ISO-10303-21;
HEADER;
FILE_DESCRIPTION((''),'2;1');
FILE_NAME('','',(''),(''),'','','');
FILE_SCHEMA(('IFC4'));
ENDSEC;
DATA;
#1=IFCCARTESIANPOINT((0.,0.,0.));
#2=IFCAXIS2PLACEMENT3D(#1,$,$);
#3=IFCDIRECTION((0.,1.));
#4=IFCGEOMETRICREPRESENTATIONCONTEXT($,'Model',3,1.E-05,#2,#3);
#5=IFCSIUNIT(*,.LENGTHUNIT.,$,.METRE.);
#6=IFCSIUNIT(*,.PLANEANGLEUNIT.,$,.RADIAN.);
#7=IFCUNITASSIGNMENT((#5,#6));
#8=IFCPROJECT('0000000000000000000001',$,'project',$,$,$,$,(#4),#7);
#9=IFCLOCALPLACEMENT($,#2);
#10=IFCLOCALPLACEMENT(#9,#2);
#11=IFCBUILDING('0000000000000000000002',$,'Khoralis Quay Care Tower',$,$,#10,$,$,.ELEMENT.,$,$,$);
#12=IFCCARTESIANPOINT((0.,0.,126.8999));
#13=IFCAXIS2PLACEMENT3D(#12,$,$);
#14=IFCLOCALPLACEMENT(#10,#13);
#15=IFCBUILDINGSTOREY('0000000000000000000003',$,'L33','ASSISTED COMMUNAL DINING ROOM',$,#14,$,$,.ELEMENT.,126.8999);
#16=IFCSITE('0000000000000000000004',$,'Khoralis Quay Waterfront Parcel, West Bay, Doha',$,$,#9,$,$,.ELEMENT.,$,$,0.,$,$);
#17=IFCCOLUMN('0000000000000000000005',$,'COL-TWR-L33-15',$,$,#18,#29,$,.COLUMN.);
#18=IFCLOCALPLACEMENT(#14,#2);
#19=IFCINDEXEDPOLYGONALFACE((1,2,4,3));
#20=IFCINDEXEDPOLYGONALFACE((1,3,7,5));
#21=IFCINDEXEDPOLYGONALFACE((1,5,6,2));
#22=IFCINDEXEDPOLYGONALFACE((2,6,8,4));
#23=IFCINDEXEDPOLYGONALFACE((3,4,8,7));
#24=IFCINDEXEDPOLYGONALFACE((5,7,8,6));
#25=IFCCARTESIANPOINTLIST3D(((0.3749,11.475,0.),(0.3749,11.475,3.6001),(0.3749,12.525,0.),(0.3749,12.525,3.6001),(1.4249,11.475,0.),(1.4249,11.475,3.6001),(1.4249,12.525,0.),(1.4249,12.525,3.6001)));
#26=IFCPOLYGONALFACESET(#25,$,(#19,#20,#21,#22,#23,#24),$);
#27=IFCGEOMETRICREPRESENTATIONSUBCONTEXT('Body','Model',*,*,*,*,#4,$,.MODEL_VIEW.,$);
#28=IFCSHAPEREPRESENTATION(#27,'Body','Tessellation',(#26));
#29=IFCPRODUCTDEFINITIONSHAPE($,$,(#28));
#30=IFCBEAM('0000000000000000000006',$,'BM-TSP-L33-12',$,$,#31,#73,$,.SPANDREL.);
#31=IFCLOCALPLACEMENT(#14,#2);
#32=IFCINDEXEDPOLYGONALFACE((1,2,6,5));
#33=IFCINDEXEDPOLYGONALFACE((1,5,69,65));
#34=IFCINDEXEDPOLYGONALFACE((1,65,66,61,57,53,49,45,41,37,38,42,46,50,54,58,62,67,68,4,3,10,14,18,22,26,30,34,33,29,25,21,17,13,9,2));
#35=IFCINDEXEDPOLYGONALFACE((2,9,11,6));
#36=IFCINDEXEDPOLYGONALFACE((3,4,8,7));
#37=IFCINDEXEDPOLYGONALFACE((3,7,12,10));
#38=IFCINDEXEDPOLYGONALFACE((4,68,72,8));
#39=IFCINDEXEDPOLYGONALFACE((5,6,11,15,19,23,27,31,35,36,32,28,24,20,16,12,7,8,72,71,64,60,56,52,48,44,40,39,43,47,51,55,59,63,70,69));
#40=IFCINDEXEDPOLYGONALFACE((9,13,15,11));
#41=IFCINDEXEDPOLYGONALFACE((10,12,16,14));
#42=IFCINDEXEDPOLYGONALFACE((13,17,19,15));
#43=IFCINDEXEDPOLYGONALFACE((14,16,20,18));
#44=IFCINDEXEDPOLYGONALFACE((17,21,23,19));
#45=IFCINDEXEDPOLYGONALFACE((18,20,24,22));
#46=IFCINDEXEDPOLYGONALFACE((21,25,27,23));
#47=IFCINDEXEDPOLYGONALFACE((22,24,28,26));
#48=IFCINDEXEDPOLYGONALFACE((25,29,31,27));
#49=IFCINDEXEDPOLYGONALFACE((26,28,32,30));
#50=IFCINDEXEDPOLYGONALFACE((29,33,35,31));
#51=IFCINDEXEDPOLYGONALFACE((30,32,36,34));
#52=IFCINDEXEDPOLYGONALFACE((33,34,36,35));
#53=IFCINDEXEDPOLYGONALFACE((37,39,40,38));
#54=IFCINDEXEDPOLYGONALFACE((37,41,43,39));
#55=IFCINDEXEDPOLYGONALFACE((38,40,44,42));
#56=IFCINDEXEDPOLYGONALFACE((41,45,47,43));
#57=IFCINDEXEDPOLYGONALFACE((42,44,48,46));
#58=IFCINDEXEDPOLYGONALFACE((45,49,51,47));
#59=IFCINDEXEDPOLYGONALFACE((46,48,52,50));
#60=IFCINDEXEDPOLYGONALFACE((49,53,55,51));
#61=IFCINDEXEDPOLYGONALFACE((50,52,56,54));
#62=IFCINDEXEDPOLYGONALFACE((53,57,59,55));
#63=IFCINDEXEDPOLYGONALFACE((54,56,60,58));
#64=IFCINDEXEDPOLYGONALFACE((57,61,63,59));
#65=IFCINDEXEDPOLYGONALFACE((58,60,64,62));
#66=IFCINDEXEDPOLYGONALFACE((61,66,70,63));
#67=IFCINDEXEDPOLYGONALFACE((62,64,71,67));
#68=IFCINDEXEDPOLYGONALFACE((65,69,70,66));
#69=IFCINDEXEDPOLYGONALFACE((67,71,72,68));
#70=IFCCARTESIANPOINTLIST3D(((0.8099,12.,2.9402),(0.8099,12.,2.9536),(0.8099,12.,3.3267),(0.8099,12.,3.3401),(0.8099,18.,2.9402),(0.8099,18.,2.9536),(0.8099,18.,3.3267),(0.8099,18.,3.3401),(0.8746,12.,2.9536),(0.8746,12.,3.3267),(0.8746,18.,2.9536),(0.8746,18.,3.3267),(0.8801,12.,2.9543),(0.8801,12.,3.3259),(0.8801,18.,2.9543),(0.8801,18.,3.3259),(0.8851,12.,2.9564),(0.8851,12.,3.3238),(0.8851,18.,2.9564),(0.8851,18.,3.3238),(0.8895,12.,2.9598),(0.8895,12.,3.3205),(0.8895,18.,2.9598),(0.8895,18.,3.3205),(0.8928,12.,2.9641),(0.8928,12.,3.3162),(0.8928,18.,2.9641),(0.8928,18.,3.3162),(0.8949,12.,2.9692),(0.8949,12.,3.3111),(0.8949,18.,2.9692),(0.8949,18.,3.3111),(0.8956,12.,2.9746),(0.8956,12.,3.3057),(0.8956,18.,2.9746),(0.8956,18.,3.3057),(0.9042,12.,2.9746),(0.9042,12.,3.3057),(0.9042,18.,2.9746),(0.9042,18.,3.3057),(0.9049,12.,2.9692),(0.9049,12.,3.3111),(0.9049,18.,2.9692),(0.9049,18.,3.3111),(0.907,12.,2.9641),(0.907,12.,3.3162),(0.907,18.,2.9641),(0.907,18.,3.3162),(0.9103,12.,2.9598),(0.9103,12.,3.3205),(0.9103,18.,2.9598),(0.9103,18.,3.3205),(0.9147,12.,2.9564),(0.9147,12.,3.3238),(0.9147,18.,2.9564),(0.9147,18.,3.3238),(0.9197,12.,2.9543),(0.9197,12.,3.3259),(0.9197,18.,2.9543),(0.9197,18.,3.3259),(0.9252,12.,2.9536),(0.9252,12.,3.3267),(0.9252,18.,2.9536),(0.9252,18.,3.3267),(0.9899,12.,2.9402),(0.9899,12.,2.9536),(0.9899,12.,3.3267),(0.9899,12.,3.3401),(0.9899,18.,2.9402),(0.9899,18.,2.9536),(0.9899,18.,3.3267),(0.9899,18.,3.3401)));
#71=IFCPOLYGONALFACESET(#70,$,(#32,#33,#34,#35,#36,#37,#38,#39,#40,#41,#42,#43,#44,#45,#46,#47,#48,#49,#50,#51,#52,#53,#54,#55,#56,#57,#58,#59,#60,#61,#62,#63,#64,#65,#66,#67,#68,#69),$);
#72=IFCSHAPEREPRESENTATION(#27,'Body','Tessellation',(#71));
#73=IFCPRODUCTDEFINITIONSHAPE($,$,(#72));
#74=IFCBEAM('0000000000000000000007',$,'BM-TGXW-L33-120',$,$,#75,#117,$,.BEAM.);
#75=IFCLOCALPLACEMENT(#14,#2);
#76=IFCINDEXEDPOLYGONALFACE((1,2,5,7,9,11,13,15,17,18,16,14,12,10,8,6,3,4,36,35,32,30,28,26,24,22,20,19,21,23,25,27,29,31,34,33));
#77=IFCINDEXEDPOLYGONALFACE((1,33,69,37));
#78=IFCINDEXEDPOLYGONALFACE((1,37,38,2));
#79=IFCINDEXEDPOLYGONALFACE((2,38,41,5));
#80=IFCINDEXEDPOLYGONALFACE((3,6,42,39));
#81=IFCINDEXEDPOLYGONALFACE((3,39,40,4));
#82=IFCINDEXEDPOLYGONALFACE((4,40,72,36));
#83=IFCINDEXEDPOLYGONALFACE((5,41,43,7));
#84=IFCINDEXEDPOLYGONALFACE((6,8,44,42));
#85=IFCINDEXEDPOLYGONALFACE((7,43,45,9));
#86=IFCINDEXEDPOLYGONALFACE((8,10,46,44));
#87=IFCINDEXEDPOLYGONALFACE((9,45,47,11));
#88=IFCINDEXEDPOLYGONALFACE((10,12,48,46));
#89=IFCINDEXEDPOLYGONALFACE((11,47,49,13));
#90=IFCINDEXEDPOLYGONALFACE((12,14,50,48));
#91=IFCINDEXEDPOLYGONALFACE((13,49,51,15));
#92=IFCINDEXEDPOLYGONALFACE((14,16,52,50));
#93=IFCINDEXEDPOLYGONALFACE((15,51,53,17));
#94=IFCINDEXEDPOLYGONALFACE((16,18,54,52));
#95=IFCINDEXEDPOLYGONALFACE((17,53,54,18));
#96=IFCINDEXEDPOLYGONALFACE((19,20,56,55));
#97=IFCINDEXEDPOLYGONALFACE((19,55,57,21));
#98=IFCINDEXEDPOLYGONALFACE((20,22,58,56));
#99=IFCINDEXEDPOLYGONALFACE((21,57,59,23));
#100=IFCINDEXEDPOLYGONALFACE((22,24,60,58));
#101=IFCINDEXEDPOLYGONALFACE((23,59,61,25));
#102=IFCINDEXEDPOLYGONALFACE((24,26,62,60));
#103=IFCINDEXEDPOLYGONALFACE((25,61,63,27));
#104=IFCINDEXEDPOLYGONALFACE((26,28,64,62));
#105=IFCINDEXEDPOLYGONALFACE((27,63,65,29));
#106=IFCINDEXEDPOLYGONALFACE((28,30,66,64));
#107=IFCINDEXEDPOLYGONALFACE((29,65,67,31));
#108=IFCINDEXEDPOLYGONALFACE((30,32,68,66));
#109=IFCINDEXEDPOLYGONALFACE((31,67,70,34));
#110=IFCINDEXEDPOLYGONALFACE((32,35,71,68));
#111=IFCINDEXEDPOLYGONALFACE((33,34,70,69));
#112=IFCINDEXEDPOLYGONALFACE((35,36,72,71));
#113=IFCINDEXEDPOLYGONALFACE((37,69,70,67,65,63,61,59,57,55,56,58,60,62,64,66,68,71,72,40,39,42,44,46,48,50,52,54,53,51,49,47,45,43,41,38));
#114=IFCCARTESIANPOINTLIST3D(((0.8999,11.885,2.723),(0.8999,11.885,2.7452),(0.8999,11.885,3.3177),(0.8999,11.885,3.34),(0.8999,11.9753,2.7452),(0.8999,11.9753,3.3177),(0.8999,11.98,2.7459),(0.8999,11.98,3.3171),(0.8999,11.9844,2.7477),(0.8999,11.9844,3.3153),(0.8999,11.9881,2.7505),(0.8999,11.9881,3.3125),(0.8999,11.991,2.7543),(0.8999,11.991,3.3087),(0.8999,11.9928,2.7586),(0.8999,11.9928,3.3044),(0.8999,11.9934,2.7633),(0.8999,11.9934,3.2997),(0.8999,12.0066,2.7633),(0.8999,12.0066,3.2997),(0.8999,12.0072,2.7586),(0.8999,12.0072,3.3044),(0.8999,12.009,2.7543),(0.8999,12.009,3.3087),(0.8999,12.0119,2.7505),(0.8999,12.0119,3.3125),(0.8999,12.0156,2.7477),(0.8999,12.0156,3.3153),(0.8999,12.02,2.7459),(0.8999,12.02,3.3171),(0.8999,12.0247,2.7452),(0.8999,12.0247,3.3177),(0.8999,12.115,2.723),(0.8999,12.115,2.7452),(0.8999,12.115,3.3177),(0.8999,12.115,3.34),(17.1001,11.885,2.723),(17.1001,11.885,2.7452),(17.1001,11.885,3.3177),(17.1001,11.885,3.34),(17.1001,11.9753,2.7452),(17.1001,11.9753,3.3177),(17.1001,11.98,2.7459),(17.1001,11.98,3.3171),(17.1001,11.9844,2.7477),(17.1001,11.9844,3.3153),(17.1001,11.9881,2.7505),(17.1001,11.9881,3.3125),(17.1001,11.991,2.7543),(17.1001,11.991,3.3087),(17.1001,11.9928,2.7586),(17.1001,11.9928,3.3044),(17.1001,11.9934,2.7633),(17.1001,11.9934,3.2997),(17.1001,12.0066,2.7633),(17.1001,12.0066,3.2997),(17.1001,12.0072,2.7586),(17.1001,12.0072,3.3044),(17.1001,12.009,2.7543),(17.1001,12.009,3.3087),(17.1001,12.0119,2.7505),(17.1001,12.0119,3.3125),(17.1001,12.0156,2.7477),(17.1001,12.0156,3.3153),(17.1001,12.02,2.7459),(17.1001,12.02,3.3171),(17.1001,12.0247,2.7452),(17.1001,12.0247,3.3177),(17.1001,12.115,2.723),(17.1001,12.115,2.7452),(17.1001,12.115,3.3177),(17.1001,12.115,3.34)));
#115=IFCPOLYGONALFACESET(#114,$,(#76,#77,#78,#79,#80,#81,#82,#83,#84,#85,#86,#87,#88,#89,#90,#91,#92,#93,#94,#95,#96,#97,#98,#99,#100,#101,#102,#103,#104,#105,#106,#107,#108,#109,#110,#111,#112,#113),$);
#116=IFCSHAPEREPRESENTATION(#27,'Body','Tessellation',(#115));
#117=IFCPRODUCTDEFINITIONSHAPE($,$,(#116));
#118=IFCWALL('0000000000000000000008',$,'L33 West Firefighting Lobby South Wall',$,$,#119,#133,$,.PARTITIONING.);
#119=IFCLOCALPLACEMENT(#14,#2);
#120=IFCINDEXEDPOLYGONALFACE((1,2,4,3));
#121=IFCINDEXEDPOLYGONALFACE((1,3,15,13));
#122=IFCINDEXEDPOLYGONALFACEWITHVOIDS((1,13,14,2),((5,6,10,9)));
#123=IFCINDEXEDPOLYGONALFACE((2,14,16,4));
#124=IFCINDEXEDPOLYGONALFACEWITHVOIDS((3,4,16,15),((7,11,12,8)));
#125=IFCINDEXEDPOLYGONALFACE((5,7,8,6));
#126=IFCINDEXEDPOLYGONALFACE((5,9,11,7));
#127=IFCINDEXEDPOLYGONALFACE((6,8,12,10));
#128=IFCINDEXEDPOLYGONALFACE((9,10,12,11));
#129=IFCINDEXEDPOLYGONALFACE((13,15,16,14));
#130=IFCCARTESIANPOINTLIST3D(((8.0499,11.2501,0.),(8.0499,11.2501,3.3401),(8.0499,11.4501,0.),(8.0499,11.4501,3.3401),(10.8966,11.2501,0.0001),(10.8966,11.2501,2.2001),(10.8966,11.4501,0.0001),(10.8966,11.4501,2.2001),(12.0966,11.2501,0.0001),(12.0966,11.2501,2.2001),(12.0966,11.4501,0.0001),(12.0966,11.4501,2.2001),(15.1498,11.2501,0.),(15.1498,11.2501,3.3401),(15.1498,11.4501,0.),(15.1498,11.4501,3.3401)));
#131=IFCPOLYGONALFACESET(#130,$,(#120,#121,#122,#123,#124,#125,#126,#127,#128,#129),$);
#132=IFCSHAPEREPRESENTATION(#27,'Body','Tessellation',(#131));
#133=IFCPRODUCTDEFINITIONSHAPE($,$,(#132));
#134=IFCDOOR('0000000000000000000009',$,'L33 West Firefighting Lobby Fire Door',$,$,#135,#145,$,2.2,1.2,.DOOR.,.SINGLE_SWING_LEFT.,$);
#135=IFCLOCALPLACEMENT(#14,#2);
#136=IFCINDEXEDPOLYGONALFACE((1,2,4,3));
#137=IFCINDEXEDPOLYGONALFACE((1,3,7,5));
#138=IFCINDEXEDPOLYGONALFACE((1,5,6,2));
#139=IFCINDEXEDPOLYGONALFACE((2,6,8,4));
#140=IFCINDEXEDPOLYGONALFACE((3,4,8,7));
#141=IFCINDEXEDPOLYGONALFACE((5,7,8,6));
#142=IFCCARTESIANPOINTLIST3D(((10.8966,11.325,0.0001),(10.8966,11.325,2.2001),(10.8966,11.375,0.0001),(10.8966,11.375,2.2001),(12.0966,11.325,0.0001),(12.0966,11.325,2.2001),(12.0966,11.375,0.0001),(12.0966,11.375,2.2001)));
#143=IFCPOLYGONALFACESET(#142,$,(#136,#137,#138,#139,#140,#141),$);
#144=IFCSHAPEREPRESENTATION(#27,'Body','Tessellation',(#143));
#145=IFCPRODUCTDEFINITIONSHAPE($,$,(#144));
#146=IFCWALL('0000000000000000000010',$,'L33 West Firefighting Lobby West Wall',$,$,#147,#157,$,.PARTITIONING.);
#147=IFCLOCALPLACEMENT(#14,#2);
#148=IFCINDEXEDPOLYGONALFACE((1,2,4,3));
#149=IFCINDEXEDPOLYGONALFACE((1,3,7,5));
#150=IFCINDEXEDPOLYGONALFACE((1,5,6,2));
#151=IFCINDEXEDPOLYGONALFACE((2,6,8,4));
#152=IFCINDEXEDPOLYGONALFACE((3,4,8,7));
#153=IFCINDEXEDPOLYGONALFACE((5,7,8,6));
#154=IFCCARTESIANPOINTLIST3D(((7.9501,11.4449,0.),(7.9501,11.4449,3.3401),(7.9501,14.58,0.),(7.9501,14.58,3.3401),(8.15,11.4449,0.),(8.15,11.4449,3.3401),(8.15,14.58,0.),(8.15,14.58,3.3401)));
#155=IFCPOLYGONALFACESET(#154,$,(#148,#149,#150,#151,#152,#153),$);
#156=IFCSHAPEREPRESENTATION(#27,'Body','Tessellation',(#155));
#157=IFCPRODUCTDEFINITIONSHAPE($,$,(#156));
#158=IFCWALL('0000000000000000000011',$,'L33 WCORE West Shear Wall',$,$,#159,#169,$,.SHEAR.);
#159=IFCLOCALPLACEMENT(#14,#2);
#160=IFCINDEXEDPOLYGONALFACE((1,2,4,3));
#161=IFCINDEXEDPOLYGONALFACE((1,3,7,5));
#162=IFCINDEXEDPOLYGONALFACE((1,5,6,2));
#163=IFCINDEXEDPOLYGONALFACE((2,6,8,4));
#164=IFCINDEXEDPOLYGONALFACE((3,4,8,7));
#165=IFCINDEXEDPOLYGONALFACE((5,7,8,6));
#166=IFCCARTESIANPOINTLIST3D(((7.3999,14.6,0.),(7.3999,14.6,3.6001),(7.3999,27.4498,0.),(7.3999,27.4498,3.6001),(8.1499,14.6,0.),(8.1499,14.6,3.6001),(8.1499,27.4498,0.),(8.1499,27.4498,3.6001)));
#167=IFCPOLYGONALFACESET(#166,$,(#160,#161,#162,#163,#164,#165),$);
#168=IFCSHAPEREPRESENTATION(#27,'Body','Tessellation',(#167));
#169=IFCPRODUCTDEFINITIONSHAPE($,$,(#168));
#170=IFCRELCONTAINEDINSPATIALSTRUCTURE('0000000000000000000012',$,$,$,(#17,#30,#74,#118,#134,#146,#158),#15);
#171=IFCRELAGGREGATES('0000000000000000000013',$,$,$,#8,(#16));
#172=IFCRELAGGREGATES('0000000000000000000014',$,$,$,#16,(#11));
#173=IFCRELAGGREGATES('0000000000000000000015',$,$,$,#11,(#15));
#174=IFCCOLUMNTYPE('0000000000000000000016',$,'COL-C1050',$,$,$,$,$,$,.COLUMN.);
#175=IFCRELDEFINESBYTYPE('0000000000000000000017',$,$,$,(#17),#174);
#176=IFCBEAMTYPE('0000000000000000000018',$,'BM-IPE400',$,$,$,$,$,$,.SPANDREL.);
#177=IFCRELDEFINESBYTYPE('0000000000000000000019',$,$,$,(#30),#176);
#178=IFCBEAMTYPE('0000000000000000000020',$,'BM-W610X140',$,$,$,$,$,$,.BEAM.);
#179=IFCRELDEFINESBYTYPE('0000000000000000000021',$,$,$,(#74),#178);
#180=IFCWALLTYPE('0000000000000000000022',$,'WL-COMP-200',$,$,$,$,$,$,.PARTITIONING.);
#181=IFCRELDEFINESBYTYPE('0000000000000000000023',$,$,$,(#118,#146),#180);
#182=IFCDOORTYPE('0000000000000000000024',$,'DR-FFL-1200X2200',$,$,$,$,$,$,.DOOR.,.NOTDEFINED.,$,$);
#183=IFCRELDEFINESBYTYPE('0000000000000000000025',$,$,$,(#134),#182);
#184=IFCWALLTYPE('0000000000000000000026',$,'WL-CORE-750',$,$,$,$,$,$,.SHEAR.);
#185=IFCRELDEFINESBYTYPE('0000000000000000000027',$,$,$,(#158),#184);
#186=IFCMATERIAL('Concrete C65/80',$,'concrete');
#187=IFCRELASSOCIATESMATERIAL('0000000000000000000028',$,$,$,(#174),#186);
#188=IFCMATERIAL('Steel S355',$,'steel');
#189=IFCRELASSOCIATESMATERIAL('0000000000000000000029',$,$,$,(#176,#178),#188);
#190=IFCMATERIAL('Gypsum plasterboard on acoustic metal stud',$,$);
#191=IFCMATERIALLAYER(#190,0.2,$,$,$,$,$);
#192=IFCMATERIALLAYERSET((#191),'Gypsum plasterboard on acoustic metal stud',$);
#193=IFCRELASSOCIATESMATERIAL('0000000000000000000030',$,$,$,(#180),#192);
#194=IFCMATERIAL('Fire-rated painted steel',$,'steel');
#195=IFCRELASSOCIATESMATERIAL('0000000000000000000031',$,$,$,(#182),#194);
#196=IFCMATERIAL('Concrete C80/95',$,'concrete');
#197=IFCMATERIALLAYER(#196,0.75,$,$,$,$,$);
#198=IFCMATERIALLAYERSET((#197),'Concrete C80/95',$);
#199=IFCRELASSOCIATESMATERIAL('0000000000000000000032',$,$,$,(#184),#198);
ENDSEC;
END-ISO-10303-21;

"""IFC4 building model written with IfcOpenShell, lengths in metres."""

from ifc_helpers import new_model, si_unit, direction, frame, frame_2d, origin, origin_2d, place, context, subcontext, project, spatial, rectangle, i_section, extrude, source, transform, mapped, material, layer, layer_set, material_profile, profile_set, type_object, element, fill, save


model = new_model("IFC4")

# Units and contexts
model_context = context("Model", 3, precision=1e-05, world=origin(), true_north=direction((0.0, 1.0)))
body_context = subcontext(model_context, "Body", "Model", "MODEL_VIEW")
ifc_project = project(units=[si_unit("LENGTHUNIT", "METRE"), si_unit("PLANEANGLEUNIT", "RADIAN")], contexts=[model_context])

# Site, building, storey
site_placement = place(None, origin())
site = spatial("IfcSite", under=ifc_project, at=site_placement, Name="Khoralis Quay Waterfront Parcel, West Bay, Doha", CompositionType="ELEMENT", RefElevation=0.0)
building_placement = place(site_placement, origin())
building = spatial("IfcBuilding", under=site, at=building_placement, Name="Khoralis Quay Care Tower", CompositionType="ELEMENT")
storey_placement = place(building_placement, frame((0.0, 0.0, 126.8999)))
storey = spatial("IfcBuildingStorey", under=building, at=storey_placement, Name="L33", Description="ASSISTED COMMUNAL DINING ROOM", CompositionType="ELEMENT", Elevation=126.8999)

# Column
ifc_material_1 = material(Name="Concrete C65/80", Category="concrete")
ifc_material_profile_1 = material_profile(ifc_material_1, rectangle(XDim=1.05, YDim=1.05, at=origin_2d()), Name="Concrete C65/80")
ifc_profile_set_1 = profile_set([ifc_material_profile_1], Name="Concrete C65/80")
column_type = type_object("IfcColumnType", Name="COL-C1050", PredefinedType="COLUMN", material=ifc_profile_set_1)
shared_shape_1 = source(origin(), body_context, "Body", "SweptSolid", [
    extrude(rectangle(XDim=1.05, YDim=1.05, at=origin_2d()), origin(), (0.0, 0.0, 1.0), 3.6001),
])
column_placement = place(storey_placement, frame((0.8999, 12.0, 0.0), z_axis=(0.0, 0.0, 1.0), x_axis=(1.0, 0.0, 0.0)))
element("IfcColumn", 1, at=column_placement, inside=storey, type_object=column_type, Name="COL-TWR-L33-15", PredefinedType="COLUMN", context=body_context, shape_type="MappedRepresentation", body=[
    mapped(shared_shape_1, transform((0.0, 0.0, 0.0), scale=1.0)),
])

# Beams
ifc_material_2 = material(Name="Steel S355", Category="steel")
ifc_material_profile_2 = material_profile(ifc_material_2, i_section(OverallWidth=0.1799, OverallDepth=0.3999, WebThickness=0.0085, FlangeThickness=0.0134, FilletRadius=0.021, at=origin_2d()), Name="Steel S355")
ifc_profile_set_2 = profile_set([ifc_material_profile_2], Name="Steel S355")
beam_type_1 = type_object("IfcBeamType", Name="BM-IPE400", PredefinedType="SPANDREL", material=ifc_profile_set_2)
shared_shape_2 = source(origin(), body_context, "Body", "SweptSolid", [
    extrude(i_section(OverallWidth=0.1799, OverallDepth=0.3999, WebThickness=0.0085, FlangeThickness=0.0134, FilletRadius=0.021, at=origin_2d()), origin(), (0.0, 0.0, 1.0), 6.0),
])
beam_1_placement = place(storey_placement, frame((0.8999, 12.0, 3.1401), z_axis=(0.0, 1.0, 0.0), x_axis=(-1.0, 0.0, 0.0)))
element("IfcBeam", 2, at=beam_1_placement, inside=storey, type_object=beam_type_1, Name="BM-TSP-L33-12", PredefinedType="SPANDREL", context=body_context, shape_type="MappedRepresentation", body=[
    mapped(shared_shape_2, transform((0.0, 0.0, 0.0), scale=1.0)),
])
ifc_material_profile_3 = material_profile(ifc_material_2, i_section(OverallWidth=0.23, OverallDepth=0.6169, WebThickness=0.0132, FlangeThickness=0.0222, FilletRadius=0.0181, at=origin_2d()), Name="Steel S355")
ifc_profile_set_3 = profile_set([ifc_material_profile_3], Name="Steel S355")
beam_type_2 = type_object("IfcBeamType", Name="BM-W610X140", PredefinedType="BEAM", material=ifc_profile_set_3)
shared_shape_3 = source(origin(), body_context, "Body", "SweptSolid", [
    extrude(i_section(OverallWidth=0.23, OverallDepth=0.6169, WebThickness=0.0132, FlangeThickness=0.0222, FilletRadius=0.0181, at=origin_2d()), origin(), (0.0, 0.0, 1.0), 16.2002),
])
beam_2_placement = place(storey_placement, frame((0.8999, 12.0, 3.0315), z_axis=(1.0, 0.0, 0.0), x_axis=(0.0, 1.0, 0.0)))
element("IfcBeam", 3, at=beam_2_placement, inside=storey, type_object=beam_type_2, Name="BM-TGXW-L33-120", PredefinedType="BEAM", context=body_context, shape_type="MappedRepresentation", body=[
    mapped(shared_shape_3, transform((0.0, 0.0, 0.0), scale=1.0)),
])

# Wall, opening, door
ifc_material_3 = material(Name="Gypsum plasterboard on acoustic metal stud")
ifc_layer_1 = layer(ifc_material_3, 0.2)
ifc_layer_set_1 = layer_set([ifc_layer_1], Name="Gypsum plasterboard on acoustic metal stud")
wall_type_1 = type_object("IfcWallType", Name="WL-COMP-200", PredefinedType="PARTITIONING", material=ifc_layer_set_1)
wall_1_placement = place(storey_placement, frame((8.05, 11.3501, 0.0), z_axis=(0.0, 0.0, 1.0), x_axis=(1.0, 0.0, 0.0)))
wall_1 = element("IfcWall", 4, at=wall_1_placement, inside=storey, type_object=wall_type_1, Name="L33 West Firefighting Lobby South Wall", PredefinedType="PARTITIONING", context=body_context, shape_type="SweptSolid", body=[
    extrude(rectangle(XDim=7.0999, YDim=0.2, at=frame_2d((3.5498, 0.0))), origin(), (0.0, 0.0, 1.0), 3.3401),
])
opening_1_placement = place(wall_1_placement, frame((2.8464, 0.0, 0.0)))
opening_1 = element("IfcOpeningElement", 5, at=opening_1_placement, cuts=wall_1, PredefinedType="OPENING", context=body_context, shape_type="SweptSolid", body=[
    extrude(rectangle(XDim=1.2, YDim=2.2, at=frame_2d((0.6001, 1.1001))), frame((0.0, 0.1099, 0.0), z_axis=(0.0, -1.0, 0.0), x_axis=(1.0, 0.0, 0.0)), (0.0, 0.0, 1.0), 0.22),
])
ifc_material_4 = material(Name="Fire-rated painted steel", Category="steel")
door_type_1 = type_object("IfcDoorType", Name="DR-FFL-1200X2200", OperationType="NOTDEFINED", PredefinedType="DOOR", material=ifc_material_4)
shared_shape_4 = source(origin(), body_context, "Body", "SweptSolid", [
    extrude(rectangle(XDim=1.2, YDim=2.2, at=frame_2d((0.6001, 1.1001))), frame((0.0, 0.0249, 0.0), z_axis=(0.0, -1.0, 0.0), x_axis=(1.0, 0.0, 0.0)), (0.0, 0.0, 1.0), 0.05),
])
door_1_placement = place(opening_1_placement, origin())
door_1 = element("IfcDoor", 6, at=door_1_placement, inside=storey, type_object=door_type_1, Name="L33 West Firefighting Lobby Fire Door", OperationType="SINGLE_SWING_LEFT", OverallHeight=2.2, OverallWidth=1.2, PredefinedType="DOOR", context=body_context, shape_type="MappedRepresentation", body=[
    mapped(shared_shape_4, transform((0.0, 0.0, 0.0), scale=1.0)),
])
fill(opening_1, door_1)

# Walls
wall_2_placement = place(storey_placement, frame((8.05, 11.4451, 0.0), z_axis=(0.0, 0.0, 1.0), x_axis=(0.0, 1.0, 0.0)))
element("IfcWall", 7, at=wall_2_placement, inside=storey, type_object=wall_type_1, Name="L33 West Firefighting Lobby West Wall", PredefinedType="PARTITIONING", context=body_context, shape_type="SweptSolid", body=[
    extrude(rectangle(XDim=3.135, YDim=0.2, at=frame_2d((1.5674, 0.0))), origin(), (0.0, 0.0, 1.0), 3.3401),
])
ifc_material_5 = material(Name="Concrete C80/95", Category="concrete")
ifc_layer_2 = layer(ifc_material_5, 0.75)
ifc_layer_set_2 = layer_set([ifc_layer_2], Name="Concrete C80/95")
wall_type_2 = type_object("IfcWallType", Name="WL-CORE-750", PredefinedType="SHEAR", material=ifc_layer_set_2)
wall_3_placement = place(storey_placement, frame((7.7749, 14.6001, 0.0), z_axis=(0.0, 0.0, 1.0), x_axis=(0.0, 1.0, 0.0)))
element("IfcWall", 8, at=wall_3_placement, inside=storey, type_object=wall_type_2, Name="L33 WCORE West Shear Wall", PredefinedType="SHEAR", context=body_context, shape_type="SweptSolid", body=[
    extrude(rectangle(XDim=12.8499, YDim=0.75, at=frame_2d((6.4248, 0.0))), origin(), (0.0, 0.0, 1.0), 3.6001),
])

save(model, "model.ifc")
